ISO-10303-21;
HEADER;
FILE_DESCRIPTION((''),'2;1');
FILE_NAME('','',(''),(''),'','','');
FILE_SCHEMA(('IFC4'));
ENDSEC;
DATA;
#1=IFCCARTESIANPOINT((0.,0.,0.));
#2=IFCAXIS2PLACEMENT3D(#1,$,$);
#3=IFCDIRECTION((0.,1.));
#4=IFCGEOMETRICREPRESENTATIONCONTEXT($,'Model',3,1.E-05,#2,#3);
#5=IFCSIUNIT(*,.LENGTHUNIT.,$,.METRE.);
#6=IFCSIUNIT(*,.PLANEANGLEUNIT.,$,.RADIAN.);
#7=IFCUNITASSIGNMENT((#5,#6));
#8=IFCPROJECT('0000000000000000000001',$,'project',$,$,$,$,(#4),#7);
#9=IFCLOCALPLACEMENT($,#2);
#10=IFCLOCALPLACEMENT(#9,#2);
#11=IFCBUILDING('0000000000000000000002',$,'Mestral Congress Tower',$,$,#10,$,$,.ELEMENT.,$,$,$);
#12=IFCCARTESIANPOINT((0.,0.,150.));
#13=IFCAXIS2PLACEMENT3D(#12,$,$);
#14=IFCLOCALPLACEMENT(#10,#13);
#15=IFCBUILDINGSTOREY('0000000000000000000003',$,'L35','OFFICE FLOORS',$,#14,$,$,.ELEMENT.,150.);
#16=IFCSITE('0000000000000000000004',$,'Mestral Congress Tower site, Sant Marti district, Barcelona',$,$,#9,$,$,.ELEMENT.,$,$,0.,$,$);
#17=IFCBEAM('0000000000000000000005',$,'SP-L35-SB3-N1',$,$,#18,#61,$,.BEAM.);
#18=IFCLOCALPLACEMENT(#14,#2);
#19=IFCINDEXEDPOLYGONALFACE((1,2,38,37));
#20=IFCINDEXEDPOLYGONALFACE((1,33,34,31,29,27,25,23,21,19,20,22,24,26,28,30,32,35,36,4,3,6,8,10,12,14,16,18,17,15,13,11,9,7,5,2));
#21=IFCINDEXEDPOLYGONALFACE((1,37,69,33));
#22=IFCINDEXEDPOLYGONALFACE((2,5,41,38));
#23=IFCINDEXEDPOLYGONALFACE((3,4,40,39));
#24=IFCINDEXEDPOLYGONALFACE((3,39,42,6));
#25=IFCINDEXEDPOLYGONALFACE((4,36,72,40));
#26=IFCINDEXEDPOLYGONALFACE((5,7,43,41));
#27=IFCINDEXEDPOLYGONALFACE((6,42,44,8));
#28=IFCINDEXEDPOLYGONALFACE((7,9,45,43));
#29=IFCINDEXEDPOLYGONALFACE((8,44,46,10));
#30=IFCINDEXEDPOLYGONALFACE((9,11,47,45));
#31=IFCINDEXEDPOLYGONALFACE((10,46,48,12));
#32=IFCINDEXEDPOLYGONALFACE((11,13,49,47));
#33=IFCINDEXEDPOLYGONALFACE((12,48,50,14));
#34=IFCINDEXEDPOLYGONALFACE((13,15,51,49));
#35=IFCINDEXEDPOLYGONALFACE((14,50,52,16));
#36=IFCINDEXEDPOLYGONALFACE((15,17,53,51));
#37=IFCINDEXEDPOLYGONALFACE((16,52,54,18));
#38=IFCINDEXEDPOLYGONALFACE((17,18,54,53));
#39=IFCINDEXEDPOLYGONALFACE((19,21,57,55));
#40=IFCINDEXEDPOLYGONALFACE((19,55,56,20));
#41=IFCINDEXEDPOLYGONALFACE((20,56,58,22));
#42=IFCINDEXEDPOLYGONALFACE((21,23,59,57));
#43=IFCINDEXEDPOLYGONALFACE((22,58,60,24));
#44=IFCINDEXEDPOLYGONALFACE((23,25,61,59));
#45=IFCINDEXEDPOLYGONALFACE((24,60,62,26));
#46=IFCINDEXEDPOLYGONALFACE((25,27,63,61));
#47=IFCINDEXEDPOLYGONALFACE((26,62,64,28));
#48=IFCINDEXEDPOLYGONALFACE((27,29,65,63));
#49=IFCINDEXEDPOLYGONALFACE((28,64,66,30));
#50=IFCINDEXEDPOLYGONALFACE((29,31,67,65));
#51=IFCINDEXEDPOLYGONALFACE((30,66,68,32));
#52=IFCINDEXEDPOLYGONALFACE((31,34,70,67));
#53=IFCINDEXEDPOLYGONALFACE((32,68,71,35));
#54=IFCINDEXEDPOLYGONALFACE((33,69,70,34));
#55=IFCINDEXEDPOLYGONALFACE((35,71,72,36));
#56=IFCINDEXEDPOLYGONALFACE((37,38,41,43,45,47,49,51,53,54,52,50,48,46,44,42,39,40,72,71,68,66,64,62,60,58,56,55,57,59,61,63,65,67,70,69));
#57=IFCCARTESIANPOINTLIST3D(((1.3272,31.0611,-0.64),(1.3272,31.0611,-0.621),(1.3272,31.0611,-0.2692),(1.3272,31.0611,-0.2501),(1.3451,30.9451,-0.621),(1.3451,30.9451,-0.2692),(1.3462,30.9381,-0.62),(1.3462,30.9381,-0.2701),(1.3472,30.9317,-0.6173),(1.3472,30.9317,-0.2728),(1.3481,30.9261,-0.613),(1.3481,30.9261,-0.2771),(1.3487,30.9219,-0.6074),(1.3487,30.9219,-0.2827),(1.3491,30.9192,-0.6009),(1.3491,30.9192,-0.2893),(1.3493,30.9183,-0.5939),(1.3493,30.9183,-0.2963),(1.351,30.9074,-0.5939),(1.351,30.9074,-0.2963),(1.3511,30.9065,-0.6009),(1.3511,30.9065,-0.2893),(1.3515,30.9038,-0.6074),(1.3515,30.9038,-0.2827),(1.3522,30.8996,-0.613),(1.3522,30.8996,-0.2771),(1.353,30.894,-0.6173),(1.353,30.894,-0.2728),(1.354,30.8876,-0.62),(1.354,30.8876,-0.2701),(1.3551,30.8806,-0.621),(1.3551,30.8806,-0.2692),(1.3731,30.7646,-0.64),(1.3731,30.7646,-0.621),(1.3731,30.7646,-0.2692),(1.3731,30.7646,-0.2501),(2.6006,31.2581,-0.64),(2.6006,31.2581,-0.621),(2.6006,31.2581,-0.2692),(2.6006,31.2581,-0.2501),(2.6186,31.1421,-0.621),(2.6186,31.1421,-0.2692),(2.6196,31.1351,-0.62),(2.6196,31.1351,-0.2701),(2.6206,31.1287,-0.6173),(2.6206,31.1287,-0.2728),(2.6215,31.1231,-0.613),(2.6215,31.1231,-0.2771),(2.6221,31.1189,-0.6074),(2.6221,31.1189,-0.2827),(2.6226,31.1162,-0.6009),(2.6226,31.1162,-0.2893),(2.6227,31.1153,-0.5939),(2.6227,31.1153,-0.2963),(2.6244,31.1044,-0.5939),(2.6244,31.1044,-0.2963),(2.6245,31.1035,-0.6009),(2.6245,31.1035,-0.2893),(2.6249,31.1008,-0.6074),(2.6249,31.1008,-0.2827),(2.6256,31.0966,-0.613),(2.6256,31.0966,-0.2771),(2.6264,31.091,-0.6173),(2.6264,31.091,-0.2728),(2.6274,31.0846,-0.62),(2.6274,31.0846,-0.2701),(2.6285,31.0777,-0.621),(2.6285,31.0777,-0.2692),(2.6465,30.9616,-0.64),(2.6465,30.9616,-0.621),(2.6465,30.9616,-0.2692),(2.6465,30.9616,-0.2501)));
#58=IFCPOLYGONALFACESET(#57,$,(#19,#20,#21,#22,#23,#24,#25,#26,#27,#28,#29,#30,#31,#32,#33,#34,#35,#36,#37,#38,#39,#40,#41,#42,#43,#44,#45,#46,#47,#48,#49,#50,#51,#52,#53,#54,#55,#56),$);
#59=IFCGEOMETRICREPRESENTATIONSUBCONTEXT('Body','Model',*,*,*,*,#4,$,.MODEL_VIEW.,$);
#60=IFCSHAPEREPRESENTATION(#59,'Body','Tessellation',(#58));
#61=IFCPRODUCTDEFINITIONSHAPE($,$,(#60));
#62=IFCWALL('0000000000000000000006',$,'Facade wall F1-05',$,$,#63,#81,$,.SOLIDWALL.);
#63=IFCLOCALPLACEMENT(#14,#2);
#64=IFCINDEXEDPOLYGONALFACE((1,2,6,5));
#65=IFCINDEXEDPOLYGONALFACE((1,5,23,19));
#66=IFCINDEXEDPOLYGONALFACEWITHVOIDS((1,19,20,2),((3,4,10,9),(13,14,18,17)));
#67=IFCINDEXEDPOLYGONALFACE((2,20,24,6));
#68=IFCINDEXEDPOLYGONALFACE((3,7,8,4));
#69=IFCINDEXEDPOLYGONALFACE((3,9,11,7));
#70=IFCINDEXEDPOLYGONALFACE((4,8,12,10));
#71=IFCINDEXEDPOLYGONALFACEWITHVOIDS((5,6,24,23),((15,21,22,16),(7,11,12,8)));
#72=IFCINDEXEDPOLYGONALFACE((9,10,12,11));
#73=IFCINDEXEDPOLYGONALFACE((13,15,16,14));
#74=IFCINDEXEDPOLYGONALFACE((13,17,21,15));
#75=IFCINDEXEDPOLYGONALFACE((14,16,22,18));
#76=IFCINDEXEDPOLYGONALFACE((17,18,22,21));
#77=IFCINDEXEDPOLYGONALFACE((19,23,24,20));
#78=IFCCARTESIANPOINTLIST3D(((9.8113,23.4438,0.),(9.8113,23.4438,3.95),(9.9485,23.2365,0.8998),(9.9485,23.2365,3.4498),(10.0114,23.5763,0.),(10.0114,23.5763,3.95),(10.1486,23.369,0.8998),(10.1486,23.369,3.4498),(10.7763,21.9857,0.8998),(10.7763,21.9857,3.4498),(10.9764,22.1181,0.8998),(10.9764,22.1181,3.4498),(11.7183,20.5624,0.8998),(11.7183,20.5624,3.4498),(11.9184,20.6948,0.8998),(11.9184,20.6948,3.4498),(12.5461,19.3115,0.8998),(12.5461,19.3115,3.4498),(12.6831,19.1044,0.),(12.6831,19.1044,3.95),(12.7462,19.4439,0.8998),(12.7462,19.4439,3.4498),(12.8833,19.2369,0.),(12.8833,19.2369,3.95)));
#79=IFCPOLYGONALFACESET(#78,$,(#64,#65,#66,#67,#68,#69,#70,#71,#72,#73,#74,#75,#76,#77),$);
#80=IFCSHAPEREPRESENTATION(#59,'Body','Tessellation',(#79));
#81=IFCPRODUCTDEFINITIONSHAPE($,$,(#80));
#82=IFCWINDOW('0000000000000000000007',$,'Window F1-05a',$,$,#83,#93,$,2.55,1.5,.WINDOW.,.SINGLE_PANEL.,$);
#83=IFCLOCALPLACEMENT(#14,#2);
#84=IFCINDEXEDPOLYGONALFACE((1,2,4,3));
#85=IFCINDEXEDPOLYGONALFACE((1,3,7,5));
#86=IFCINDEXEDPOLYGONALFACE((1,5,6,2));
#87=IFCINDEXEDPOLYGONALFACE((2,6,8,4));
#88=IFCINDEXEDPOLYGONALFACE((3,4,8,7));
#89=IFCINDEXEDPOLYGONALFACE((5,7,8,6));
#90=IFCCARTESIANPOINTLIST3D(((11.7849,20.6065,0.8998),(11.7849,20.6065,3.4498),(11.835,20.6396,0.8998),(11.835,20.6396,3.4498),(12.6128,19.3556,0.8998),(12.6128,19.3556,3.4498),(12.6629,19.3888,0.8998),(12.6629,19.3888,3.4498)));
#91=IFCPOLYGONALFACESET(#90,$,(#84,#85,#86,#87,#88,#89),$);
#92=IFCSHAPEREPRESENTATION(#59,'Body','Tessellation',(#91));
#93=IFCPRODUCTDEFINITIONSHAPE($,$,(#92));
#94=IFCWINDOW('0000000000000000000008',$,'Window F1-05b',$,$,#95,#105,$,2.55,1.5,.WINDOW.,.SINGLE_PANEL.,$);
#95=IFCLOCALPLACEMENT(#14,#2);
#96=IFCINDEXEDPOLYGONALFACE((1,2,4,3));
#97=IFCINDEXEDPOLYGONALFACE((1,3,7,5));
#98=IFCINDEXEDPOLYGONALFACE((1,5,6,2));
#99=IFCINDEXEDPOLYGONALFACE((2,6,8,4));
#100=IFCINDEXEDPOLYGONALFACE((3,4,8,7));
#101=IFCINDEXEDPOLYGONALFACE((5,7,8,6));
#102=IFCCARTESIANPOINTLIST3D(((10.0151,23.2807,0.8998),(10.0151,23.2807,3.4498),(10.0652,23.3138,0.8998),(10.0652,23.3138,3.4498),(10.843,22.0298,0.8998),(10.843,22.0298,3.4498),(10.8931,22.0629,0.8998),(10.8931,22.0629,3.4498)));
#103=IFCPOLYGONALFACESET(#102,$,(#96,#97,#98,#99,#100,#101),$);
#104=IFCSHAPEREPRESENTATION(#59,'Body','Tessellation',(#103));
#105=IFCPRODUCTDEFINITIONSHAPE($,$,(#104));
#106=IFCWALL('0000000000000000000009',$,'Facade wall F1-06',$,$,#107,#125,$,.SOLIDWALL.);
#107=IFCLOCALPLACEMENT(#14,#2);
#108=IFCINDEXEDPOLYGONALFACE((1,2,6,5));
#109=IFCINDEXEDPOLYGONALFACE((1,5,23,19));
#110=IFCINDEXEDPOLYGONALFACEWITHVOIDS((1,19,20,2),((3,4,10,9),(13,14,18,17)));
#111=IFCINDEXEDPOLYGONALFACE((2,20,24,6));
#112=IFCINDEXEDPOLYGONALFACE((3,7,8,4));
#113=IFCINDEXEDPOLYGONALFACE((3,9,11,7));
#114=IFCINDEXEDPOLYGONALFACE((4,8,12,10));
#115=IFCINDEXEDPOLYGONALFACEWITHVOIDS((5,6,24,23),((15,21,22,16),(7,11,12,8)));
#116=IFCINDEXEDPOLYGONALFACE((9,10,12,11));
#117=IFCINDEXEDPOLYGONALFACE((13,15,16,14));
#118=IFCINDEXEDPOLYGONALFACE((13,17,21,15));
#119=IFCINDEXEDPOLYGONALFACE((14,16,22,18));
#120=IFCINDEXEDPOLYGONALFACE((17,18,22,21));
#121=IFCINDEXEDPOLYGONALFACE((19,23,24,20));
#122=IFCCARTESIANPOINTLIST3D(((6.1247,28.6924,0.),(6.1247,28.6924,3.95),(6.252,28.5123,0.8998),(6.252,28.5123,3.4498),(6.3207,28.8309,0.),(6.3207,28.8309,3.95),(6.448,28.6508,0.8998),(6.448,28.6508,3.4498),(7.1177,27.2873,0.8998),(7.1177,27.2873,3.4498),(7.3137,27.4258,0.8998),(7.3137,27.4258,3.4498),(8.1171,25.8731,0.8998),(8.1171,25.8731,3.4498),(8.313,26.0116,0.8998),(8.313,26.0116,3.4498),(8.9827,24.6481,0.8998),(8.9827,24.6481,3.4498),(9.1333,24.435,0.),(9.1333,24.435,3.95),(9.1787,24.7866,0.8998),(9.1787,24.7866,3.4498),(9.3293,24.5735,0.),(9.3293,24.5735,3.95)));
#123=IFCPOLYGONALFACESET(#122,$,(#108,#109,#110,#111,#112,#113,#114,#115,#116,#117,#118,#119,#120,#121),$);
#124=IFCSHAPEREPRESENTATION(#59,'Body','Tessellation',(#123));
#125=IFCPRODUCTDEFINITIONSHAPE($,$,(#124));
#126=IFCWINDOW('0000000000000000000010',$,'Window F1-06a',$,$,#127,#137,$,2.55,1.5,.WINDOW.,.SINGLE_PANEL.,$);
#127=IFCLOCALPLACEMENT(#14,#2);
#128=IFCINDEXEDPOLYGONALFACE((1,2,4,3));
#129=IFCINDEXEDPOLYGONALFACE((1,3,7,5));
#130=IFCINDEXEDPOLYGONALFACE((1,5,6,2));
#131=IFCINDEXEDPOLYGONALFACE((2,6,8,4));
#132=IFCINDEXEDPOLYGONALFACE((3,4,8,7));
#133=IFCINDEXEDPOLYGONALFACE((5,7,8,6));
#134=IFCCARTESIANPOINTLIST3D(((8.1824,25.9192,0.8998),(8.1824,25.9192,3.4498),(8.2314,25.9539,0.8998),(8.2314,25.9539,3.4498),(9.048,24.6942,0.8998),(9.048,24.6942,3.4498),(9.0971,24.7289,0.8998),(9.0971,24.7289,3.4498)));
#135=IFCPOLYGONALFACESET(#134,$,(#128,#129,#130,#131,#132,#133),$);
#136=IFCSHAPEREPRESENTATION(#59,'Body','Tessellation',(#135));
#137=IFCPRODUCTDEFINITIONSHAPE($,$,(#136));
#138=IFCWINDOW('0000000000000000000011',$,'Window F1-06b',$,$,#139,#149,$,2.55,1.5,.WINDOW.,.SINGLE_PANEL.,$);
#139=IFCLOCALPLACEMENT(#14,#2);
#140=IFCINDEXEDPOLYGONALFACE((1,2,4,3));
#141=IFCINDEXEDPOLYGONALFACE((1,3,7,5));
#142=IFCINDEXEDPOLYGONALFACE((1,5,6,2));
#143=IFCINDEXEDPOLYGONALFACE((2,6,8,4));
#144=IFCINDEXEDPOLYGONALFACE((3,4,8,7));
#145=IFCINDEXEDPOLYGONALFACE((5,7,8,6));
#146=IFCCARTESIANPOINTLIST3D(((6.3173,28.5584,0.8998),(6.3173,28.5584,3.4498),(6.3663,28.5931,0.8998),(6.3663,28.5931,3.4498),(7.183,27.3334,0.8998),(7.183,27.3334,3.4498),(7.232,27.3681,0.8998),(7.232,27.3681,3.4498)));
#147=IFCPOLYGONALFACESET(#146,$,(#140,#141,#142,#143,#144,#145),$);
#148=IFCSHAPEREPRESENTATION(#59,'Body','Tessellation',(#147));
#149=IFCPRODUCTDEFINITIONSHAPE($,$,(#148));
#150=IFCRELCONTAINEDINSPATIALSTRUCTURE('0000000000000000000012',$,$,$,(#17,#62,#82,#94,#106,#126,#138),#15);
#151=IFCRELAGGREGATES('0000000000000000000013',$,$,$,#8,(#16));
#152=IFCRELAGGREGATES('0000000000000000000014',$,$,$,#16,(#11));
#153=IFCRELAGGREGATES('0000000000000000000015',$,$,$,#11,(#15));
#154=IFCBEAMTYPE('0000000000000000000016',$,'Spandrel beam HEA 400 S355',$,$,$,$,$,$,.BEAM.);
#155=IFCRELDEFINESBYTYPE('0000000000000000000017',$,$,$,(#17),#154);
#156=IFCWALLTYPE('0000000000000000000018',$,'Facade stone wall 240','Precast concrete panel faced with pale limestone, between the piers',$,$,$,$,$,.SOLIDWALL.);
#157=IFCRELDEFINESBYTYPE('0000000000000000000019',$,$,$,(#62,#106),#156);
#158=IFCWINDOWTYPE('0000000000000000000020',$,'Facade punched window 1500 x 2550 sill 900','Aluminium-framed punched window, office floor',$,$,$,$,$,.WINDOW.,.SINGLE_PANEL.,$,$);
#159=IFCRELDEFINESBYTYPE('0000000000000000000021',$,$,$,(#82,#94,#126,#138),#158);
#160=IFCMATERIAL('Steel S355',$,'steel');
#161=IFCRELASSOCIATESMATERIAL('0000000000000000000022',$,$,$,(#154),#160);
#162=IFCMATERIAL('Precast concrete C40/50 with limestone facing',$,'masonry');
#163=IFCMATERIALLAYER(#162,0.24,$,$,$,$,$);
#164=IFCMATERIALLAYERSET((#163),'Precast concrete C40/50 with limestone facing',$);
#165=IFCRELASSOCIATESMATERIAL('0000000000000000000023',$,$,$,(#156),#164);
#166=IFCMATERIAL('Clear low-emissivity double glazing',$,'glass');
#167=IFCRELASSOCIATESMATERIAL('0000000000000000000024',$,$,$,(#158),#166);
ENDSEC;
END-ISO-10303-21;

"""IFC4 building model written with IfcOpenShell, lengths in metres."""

from ifc_helpers import new_model, si_unit, direction, frame, frame_2d, origin, origin_2d, place, context, subcontext, project, spatial, rectangle, i_section, extrude, material, layer, layer_set, material_profile, profile_set, type_object, element, fill, save


model = new_model("IFC4")

# Units and contexts
model_context = context("Model", 3, precision=1e-05, world=origin(), true_north=direction((0.0, 1.0)))
body_context = subcontext(model_context, "Body", "Model", "MODEL_VIEW")
ifc_project = project(units=[si_unit("LENGTHUNIT", "METRE"), si_unit("PLANEANGLEUNIT", "RADIAN")], contexts=[model_context])

# Site, building, storey
site_placement = place(None, origin())
site = spatial("IfcSite", under=ifc_project, at=site_placement, Name="Mestral Congress Tower site, Sant Marti district, Barcelona", CompositionType="ELEMENT", RefElevation=0.0)
building_placement = place(site_placement, origin())
building = spatial("IfcBuilding", under=site, at=building_placement, Name="Mestral Congress Tower", CompositionType="ELEMENT")
storey_placement = place(building_placement, frame((0.0, 0.0, 150.0)))
storey = spatial("IfcBuildingStorey", under=building, at=storey_placement, Name="L35", Description="OFFICE FLOORS", CompositionType="ELEMENT", Elevation=150.0)

# Beam
ifc_material_1 = material(Name="Steel S355", Category="steel")
ifc_material_profile_1 = material_profile(ifc_material_1, i_section(OverallWidth=0.3, OverallDepth=0.3899, WebThickness=0.011, FlangeThickness=0.019, FilletRadius=0.0271, at=origin_2d()), Name="HEA 400")
ifc_profile_set_1 = profile_set([ifc_material_profile_1], Name="Steel S355")
beam_type_1 = type_object("IfcBeamType", Name="Spandrel beam HEA 400 S355", PredefinedType="BEAM", material=ifc_profile_set_1)
beam_1_placement = place(storey_placement, frame((2.6235, 31.1099, -0.4451), z_axis=(-0.988242, -0.152897, 0.0), x_axis=(0.152897, -0.988242, 0.0)))
element("IfcBeam", 1, at=beam_1_placement, inside=storey, type_object=beam_type_1, Name="SP-L35-SB3-N1", PredefinedType="BEAM", context=body_context, shape_type="SweptSolid", body=[
    extrude(i_section(OverallWidth=0.3, OverallDepth=0.3899, WebThickness=0.011, FlangeThickness=0.019, FilletRadius=0.0271, at=origin_2d()), origin(), (0.0, 0.0, 1.0), 1.2886),
])

# Walls, openings, windows
ifc_material_2 = material(Name="Precast concrete C40/50 with limestone facing", Category="masonry")
ifc_layer_1 = layer(ifc_material_2, 0.24)
ifc_layer_set_1 = layer_set([ifc_layer_1], Name="Precast concrete C40/50 with limestone facing")
wall_type_1 = type_object("IfcWallType", Name="Facade stone wall 240", Description="Precast concrete panel faced with pale limestone, between the piers", PredefinedType="SOLIDWALL", material=ifc_layer_set_1)
wall_1_placement = place(storey_placement, frame((12.7832, 19.1707, 0.0), z_axis=(0.0, 0.0, 1.0), x_axis=(-0.551893, 0.833915, 0.0)))
wall_1 = element("IfcWall", 2, at=wall_1_placement, inside=storey, type_object=wall_type_1, Name="Facade wall F1-05", PredefinedType="SOLIDWALL", context=body_context, shape_type="SweptSolid", body=[
    extrude(rectangle(XDim=5.2036, YDim=0.24, at=frame_2d((2.6018, 0.0))), origin(), (0.0, 0.0, 1.0), 3.95),
])
opening_1_placement = place(wall_1_placement, frame((0.2483, 0.0, 0.8999)))
opening_1 = element("IfcOpeningElement", 3, at=opening_1_placement, cuts=wall_1, PredefinedType="OPENING", context=body_context, shape_type="SweptSolid", body=[
    extrude(rectangle(XDim=1.5, YDim=2.55, at=frame_2d((0.75, 1.2749))), frame((0.0, 0.1299, 0.0), z_axis=(0.0, -1.0, 0.0), x_axis=(1.0, 0.0, 0.0)), (0.0, 0.0, 1.0), 0.26),
])
opening_2_placement = place(wall_1_placement, frame((3.4551, 0.0, 0.8999)))
opening_2 = element("IfcOpeningElement", 4, at=opening_2_placement, cuts=wall_1, PredefinedType="OPENING", context=body_context, shape_type="SweptSolid", body=[
    extrude(rectangle(XDim=1.5, YDim=2.55, at=frame_2d((0.75, 1.2749))), frame((0.0, 0.1299, 0.0), z_axis=(0.0, -1.0, 0.0), x_axis=(1.0, 0.0, 0.0)), (0.0, 0.0, 1.0), 0.26),
])
ifc_material_3 = material(Name="Clear low-emissivity double glazing", Category="glass")
window_type_1 = type_object("IfcWindowType", Name="Facade punched window 1500 x 2550 sill 900", Description="Aluminium-framed punched window, office floor", PartitioningType="SINGLE_PANEL", PredefinedType="WINDOW", material=ifc_material_3)
window_1_placement = place(opening_1_placement, origin())
window_1 = element("IfcWindow", 5, at=window_1_placement, inside=storey, type_object=window_type_1, Name="Window F1-05a", OverallHeight=2.55, OverallWidth=1.5, PartitioningType="SINGLE_PANEL", PredefinedType="WINDOW", context=body_context, shape_type="SweptSolid", body=[
    extrude(rectangle(XDim=1.5, YDim=2.55, at=frame_2d((0.75, 1.2749))), frame((0.0, 0.04, 0.0), z_axis=(0.0, -1.0, 0.0), x_axis=(1.0, 0.0, 0.0)), (0.0, 0.0, 1.0), 0.0601),
])
fill(opening_1, window_1)
window_2_placement = place(opening_2_placement, origin())
window_2 = element("IfcWindow", 6, at=window_2_placement, inside=storey, type_object=window_type_1, Name="Window F1-05b", OverallHeight=2.55, OverallWidth=1.5, PartitioningType="SINGLE_PANEL", PredefinedType="WINDOW", context=body_context, shape_type="SweptSolid", body=[
    extrude(rectangle(XDim=1.5, YDim=2.55, at=frame_2d((0.75, 1.2749))), frame((0.0, 0.04, 0.0), z_axis=(0.0, -1.0, 0.0), x_axis=(1.0, 0.0, 0.0)), (0.0, 0.0, 1.0), 0.0601),
])
fill(opening_2, window_2)
wall_2_placement = place(storey_placement, frame((9.2312, 24.5044, 0.0), z_axis=(0.0, 0.0, 1.0), x_axis=(-0.577115, 0.816663, 0.0)))
wall_2 = element("IfcWall", 7, at=wall_2_placement, inside=storey, type_object=wall_type_1, Name="Facade wall F1-06", PredefinedType="SOLIDWALL", context=body_context, shape_type="SweptSolid", body=[
    extrude(rectangle(XDim=5.2131, YDim=0.24, at=frame_2d((2.6064, 0.0))), origin(), (0.0, 0.0, 1.0), 3.95),
])
opening_3_placement = place(wall_2_placement, frame((0.2607, 0.0, 0.8999)))
opening_3 = element("IfcOpeningElement", 8, at=opening_3_placement, cuts=wall_2, PredefinedType="OPENING", context=body_context, shape_type="SweptSolid", body=[
    extrude(rectangle(XDim=1.5, YDim=2.55, at=frame_2d((0.75, 1.2749))), frame((0.0, 0.1299, 0.0), z_axis=(0.0, -1.0, 0.0), x_axis=(1.0, 0.0, 0.0)), (0.0, 0.0, 1.0), 0.26),
])
opening_4_placement = place(wall_2_placement, frame((3.4924, 0.0, 0.8999)))
opening_4 = element("IfcOpeningElement", 9, at=opening_4_placement, cuts=wall_2, PredefinedType="OPENING", context=body_context, shape_type="SweptSolid", body=[
    extrude(rectangle(XDim=1.5, YDim=2.55, at=frame_2d((0.75, 1.2749))), frame((0.0, 0.1299, 0.0), z_axis=(0.0, -1.0, 0.0), x_axis=(1.0, 0.0, 0.0)), (0.0, 0.0, 1.0), 0.26),
])
window_3_placement = place(opening_3_placement, origin())
window_3 = element("IfcWindow", 10, at=window_3_placement, inside=storey, type_object=window_type_1, Name="Window F1-06a", OverallHeight=2.55, OverallWidth=1.5, PartitioningType="SINGLE_PANEL", PredefinedType="WINDOW", context=body_context, shape_type="SweptSolid", body=[
    extrude(rectangle(XDim=1.5, YDim=2.55, at=frame_2d((0.75, 1.2749))), frame((0.0, 0.04, 0.0), z_axis=(0.0, -1.0, 0.0), x_axis=(1.0, 0.0, 0.0)), (0.0, 0.0, 1.0), 0.0601),
])
fill(opening_3, window_3)
window_4_placement = place(opening_4_placement, origin())
window_4 = element("IfcWindow", 11, at=window_4_placement, inside=storey, type_object=window_type_1, Name="Window F1-06b", OverallHeight=2.55, OverallWidth=1.5, PartitioningType="SINGLE_PANEL", PredefinedType="WINDOW", context=body_context, shape_type="SweptSolid", body=[
    extrude(rectangle(XDim=1.5, YDim=2.55, at=frame_2d((0.75, 1.2749))), frame((0.0, 0.04, 0.0), z_axis=(0.0, -1.0, 0.0), x_axis=(1.0, 0.0, 0.0)), (0.0, 0.0, 1.0), 0.0601),
])
fill(opening_4, window_4)

save(model, "model.ifc")
